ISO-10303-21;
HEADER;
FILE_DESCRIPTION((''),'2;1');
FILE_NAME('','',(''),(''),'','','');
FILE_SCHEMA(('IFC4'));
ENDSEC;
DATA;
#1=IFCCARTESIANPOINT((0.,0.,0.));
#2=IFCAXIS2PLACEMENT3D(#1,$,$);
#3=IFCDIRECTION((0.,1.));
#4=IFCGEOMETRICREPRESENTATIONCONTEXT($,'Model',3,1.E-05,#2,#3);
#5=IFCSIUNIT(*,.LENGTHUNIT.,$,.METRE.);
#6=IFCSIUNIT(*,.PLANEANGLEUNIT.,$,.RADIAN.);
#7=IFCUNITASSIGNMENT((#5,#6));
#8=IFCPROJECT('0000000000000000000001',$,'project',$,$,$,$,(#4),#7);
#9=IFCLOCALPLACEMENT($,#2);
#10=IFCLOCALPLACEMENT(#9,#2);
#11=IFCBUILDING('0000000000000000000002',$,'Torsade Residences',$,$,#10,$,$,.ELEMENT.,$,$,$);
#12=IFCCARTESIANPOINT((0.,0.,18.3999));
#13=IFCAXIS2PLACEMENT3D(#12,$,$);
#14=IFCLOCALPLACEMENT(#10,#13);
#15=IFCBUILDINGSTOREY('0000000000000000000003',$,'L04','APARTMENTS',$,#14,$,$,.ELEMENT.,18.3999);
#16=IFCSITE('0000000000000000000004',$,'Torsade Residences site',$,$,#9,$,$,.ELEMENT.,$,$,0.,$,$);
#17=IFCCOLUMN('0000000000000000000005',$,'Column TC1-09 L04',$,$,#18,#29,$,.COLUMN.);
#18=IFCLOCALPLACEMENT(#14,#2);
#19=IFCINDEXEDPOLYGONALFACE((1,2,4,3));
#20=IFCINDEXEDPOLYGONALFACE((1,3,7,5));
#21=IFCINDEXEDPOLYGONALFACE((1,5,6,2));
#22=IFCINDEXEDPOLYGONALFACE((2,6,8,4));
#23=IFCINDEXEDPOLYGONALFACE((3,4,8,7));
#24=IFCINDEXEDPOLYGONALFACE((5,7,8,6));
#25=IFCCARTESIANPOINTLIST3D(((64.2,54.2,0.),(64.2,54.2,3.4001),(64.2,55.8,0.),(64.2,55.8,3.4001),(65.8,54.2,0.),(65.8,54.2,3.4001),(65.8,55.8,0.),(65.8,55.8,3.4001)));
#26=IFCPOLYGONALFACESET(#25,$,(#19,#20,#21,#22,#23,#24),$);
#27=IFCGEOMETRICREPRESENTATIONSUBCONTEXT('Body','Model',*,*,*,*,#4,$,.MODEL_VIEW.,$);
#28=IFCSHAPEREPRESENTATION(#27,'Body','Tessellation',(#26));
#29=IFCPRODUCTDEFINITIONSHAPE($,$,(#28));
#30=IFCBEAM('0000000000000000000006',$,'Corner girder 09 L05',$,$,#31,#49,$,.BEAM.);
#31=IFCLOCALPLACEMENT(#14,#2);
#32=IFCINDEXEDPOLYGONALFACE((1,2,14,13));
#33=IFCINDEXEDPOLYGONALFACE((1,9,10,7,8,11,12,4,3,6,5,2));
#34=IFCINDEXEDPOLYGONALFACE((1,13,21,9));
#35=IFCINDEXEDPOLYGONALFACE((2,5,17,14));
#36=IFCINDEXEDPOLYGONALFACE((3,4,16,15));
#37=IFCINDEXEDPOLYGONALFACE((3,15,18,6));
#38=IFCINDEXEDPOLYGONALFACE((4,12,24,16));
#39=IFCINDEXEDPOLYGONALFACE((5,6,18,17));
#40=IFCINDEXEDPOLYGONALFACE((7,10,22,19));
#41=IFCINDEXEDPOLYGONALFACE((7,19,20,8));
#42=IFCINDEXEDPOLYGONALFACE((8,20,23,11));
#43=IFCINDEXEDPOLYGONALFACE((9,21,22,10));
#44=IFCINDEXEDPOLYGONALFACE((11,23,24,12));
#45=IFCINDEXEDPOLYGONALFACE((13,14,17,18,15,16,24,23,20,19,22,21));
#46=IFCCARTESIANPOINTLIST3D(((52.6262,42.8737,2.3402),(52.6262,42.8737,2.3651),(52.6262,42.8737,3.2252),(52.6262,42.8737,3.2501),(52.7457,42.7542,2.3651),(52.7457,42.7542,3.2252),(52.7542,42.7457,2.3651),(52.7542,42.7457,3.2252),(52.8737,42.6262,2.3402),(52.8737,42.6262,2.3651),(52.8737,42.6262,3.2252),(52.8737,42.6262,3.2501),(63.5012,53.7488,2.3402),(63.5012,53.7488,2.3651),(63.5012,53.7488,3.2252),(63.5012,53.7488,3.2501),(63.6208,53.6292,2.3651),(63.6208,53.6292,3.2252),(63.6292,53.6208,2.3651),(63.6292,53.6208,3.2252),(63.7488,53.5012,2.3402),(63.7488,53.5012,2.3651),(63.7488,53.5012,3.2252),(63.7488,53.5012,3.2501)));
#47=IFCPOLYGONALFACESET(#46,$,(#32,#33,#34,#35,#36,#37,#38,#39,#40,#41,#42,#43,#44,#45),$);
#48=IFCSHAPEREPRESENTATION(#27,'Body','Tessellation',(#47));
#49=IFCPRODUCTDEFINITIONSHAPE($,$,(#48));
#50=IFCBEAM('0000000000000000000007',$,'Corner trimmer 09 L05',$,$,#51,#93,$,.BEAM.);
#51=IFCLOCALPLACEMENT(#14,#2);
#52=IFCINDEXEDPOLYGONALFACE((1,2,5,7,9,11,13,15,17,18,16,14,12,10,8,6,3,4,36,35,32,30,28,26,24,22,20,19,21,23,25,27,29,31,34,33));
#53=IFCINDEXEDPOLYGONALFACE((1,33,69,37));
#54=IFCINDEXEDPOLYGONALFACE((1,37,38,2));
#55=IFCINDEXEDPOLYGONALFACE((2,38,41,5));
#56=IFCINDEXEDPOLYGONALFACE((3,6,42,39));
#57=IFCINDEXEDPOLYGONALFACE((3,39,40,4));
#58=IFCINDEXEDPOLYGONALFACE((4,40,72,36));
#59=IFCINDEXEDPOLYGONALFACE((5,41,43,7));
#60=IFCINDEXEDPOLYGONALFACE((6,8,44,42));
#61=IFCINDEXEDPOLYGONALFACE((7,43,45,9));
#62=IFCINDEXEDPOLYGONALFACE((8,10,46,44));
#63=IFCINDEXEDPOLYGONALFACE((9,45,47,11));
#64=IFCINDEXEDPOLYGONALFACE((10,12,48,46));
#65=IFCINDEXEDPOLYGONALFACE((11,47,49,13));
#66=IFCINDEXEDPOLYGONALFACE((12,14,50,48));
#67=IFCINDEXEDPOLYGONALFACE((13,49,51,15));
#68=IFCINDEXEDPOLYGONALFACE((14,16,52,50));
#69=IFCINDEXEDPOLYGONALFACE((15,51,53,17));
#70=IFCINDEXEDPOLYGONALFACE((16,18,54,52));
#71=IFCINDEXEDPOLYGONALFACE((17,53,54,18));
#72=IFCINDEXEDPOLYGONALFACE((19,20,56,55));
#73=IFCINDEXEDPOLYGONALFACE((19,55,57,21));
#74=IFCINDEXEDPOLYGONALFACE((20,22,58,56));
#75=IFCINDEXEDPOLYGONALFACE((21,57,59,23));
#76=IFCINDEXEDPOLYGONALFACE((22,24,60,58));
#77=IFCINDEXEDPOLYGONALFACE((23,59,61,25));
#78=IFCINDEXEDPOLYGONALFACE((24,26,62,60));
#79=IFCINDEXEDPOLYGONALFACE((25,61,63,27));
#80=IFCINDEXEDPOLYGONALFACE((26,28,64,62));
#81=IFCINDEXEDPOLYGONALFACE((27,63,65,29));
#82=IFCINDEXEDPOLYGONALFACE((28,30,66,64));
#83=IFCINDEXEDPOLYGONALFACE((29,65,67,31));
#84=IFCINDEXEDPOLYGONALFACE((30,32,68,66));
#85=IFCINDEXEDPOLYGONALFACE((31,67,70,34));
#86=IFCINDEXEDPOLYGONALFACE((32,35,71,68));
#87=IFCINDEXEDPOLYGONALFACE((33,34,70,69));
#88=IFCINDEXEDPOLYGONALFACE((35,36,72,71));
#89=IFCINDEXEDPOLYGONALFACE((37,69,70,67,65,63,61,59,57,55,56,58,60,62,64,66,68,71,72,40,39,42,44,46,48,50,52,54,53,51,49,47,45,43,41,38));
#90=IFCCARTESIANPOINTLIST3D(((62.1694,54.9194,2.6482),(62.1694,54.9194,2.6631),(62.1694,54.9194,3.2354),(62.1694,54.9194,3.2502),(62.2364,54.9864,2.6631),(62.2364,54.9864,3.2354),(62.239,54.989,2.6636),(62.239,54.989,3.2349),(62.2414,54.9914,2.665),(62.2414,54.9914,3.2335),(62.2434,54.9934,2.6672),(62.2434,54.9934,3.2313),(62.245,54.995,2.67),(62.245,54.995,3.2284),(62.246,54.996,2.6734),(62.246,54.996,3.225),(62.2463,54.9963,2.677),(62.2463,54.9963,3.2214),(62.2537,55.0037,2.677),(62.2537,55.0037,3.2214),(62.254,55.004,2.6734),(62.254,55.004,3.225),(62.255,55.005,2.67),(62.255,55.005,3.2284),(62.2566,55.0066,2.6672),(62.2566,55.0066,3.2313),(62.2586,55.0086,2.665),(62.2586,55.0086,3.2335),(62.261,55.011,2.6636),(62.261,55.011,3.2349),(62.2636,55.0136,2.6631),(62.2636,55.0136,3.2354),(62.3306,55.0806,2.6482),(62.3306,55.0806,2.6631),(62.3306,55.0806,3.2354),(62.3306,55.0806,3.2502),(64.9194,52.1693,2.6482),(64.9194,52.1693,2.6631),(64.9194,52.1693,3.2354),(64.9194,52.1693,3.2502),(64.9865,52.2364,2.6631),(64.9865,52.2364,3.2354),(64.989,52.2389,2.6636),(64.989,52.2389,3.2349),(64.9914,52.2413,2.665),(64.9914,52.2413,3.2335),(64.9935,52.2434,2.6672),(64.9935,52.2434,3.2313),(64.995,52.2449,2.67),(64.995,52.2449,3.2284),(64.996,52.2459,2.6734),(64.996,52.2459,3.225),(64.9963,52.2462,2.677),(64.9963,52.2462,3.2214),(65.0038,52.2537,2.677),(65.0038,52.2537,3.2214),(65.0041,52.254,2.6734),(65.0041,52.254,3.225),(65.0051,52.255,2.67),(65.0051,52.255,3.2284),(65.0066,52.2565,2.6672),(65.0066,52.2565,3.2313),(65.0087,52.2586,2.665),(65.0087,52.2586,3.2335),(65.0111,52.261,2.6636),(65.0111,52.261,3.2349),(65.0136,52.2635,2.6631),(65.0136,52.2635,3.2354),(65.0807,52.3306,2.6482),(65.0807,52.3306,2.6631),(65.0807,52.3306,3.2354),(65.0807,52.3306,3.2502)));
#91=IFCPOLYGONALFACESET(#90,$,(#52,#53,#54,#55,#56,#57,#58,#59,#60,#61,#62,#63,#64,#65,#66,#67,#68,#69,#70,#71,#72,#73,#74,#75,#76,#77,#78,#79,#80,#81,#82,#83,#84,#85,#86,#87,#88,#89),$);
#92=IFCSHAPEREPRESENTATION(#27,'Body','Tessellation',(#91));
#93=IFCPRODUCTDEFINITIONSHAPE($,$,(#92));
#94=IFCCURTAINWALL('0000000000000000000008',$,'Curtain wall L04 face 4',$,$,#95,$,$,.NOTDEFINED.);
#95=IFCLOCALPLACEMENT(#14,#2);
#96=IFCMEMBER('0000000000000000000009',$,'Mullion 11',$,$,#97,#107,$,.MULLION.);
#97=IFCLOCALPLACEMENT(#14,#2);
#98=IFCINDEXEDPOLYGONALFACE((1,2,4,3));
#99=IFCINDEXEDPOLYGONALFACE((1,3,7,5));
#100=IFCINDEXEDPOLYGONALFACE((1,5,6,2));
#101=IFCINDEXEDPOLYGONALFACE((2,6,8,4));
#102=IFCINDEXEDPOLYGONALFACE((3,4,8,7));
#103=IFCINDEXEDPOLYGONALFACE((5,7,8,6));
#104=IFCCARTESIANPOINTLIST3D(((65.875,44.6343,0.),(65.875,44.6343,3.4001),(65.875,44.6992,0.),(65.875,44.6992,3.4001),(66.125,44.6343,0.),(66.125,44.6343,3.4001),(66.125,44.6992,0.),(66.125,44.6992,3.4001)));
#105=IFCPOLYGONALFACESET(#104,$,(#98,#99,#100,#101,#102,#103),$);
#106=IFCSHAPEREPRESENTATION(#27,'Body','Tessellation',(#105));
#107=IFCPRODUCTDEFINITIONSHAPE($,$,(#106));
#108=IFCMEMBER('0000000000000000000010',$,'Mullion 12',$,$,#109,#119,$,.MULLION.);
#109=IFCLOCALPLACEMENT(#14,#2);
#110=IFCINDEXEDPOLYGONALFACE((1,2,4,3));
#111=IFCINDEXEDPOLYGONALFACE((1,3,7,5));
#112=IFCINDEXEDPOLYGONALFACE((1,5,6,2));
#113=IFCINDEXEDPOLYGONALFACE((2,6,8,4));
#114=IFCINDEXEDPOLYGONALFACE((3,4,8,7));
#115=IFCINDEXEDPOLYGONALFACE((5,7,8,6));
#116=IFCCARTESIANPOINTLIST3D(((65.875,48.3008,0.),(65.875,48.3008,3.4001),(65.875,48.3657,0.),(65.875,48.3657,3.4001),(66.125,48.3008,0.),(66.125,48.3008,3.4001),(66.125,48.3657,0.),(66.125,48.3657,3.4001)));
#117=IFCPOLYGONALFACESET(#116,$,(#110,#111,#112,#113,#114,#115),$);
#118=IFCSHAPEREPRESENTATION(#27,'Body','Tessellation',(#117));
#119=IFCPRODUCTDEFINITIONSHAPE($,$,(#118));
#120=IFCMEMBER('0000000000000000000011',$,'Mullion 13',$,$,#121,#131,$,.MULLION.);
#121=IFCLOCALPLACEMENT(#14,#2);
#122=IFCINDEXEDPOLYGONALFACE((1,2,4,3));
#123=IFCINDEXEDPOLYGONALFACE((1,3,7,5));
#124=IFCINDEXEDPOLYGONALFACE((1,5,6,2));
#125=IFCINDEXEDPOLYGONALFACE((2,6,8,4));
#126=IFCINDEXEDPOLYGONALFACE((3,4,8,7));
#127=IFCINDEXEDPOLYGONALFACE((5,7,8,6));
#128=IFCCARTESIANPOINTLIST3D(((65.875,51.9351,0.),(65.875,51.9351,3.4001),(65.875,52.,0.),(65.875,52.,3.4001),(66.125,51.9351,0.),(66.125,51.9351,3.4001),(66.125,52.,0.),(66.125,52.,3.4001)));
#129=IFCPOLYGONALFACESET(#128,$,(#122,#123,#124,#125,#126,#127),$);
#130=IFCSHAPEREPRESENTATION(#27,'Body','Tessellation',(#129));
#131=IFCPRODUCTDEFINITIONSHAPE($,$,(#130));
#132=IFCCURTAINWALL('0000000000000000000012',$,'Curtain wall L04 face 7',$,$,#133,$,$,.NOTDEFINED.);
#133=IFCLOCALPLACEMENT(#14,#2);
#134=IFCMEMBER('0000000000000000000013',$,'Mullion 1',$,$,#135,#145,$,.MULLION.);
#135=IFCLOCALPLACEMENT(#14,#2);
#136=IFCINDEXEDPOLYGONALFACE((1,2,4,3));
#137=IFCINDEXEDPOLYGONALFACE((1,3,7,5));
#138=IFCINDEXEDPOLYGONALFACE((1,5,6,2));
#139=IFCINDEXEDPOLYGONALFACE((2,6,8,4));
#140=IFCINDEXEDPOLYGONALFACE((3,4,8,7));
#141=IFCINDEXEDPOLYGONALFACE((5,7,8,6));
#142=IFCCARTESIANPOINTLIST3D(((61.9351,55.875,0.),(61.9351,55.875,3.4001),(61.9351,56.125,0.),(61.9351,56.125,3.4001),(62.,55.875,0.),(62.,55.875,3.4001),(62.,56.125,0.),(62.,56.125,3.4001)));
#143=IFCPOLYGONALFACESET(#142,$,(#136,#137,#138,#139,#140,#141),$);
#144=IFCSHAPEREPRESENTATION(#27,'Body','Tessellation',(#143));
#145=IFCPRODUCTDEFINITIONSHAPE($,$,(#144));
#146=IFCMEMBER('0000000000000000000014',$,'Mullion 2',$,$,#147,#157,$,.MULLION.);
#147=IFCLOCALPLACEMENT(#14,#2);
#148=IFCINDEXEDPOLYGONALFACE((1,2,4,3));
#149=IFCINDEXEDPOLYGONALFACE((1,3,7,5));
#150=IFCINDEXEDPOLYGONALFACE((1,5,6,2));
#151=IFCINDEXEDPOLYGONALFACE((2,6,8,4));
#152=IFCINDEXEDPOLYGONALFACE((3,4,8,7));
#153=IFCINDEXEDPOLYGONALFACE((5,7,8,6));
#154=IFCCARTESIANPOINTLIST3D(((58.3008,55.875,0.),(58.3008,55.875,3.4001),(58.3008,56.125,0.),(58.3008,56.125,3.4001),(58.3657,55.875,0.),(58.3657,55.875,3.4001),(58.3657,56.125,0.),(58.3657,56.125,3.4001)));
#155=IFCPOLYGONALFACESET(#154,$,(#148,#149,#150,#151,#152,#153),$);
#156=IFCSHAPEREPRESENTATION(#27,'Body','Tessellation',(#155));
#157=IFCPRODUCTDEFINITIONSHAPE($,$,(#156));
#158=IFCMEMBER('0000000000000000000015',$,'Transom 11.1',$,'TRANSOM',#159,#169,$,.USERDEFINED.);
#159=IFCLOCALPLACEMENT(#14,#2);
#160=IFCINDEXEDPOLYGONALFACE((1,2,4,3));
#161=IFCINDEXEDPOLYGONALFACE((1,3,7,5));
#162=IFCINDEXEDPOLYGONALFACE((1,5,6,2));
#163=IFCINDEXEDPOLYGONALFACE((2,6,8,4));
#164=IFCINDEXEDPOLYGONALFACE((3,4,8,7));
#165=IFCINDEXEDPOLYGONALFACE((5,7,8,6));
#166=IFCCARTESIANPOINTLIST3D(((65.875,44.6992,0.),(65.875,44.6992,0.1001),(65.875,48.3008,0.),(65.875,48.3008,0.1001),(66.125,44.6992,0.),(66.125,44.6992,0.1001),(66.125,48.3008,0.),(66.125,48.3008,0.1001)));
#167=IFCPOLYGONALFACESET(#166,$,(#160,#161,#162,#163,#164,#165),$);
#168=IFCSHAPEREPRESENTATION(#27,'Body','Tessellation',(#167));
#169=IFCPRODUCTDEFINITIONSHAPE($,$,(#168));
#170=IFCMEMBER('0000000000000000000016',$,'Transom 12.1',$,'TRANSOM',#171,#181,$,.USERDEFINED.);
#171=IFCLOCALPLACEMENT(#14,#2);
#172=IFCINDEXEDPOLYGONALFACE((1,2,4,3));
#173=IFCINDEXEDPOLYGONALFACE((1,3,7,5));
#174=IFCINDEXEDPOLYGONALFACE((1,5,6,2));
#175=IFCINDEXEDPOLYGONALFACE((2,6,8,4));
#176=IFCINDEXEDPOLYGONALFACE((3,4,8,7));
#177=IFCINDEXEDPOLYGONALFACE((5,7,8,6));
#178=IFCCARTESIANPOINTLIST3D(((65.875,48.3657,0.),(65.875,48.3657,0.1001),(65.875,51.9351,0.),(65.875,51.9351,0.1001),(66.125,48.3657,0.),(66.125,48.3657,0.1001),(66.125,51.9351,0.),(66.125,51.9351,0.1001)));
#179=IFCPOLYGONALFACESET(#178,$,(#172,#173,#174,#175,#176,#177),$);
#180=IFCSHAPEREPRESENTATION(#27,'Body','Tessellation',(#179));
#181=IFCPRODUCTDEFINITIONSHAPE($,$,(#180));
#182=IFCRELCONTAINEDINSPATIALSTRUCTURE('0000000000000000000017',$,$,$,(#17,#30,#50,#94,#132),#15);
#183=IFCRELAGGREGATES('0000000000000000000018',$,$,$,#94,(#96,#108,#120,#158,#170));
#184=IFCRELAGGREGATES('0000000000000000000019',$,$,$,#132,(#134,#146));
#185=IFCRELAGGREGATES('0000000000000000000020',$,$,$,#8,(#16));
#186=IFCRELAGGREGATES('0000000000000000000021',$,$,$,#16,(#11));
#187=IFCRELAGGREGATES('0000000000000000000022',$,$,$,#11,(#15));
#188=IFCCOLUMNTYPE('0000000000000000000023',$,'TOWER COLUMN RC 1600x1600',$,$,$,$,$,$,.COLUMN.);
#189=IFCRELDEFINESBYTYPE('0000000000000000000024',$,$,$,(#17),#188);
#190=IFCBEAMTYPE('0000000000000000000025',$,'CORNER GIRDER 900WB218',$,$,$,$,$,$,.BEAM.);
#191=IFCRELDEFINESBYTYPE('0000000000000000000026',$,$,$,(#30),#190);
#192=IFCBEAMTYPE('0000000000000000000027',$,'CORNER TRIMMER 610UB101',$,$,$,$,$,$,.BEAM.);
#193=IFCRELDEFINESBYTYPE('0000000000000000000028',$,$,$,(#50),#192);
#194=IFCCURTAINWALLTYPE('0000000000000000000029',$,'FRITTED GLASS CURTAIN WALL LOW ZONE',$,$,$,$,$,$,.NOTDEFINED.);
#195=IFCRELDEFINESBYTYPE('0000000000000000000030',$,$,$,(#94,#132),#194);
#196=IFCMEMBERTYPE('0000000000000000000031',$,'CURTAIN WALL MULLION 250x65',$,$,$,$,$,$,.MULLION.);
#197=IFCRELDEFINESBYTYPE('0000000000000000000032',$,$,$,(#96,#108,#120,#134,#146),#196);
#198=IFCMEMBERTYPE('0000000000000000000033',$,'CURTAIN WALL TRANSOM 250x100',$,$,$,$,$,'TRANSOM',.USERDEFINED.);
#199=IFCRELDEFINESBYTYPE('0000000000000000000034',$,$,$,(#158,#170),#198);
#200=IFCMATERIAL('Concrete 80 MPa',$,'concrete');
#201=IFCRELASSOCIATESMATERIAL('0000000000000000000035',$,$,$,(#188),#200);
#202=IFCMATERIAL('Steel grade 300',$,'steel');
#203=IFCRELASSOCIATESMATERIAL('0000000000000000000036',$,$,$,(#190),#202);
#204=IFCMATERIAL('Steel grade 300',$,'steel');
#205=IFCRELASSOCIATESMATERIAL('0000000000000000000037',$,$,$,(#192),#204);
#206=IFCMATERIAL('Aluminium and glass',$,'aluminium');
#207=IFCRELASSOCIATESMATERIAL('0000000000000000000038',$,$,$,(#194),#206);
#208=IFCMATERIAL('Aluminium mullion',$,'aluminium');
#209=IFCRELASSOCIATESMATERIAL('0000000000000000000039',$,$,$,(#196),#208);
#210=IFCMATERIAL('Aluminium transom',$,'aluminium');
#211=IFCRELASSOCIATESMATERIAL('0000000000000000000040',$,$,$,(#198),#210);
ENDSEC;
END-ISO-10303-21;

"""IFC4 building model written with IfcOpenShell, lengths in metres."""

from ifc_helpers import new_model, si_unit, direction, frame, origin, origin_2d, place, context, subcontext, project, spatial, rectangle, i_section, extrude, material, material_profile, profile_set, type_object, element, aggregate, save


model = new_model("IFC4")

# Units and contexts
model_context = context("Model", 3, precision=1e-05, world=origin(), true_north=direction((0.0, 1.0)))
body_context = subcontext(model_context, "Body", "Model", "MODEL_VIEW")
ifc_project = project(units=[si_unit("LENGTHUNIT", "METRE"), si_unit("PLANEANGLEUNIT", "RADIAN")], contexts=[model_context])

# Site, building, storey
site_placement = place(None, origin())
site = spatial("IfcSite", under=ifc_project, at=site_placement, Name="Torsade Residences site", CompositionType="ELEMENT", RefElevation=0.0)
building_placement = place(site_placement, origin())
building = spatial("IfcBuilding", under=site, at=building_placement, Name="Torsade Residences", CompositionType="ELEMENT")
storey_placement = place(building_placement, frame((0.0, 0.0, 18.3999)))
storey = spatial("IfcBuildingStorey", under=building, at=storey_placement, Name="L04", Description="APARTMENTS", CompositionType="ELEMENT", Elevation=18.3999)

# Column
ifc_material_1 = material(Name="Concrete 80 MPa", Category="concrete")
ifc_material_profile_1 = material_profile(ifc_material_1, rectangle(XDim=1.6001, YDim=1.6001, at=origin_2d()), Name="RC 1600x1600")
ifc_profile_set_1 = profile_set([ifc_material_profile_1], Name="Concrete 80 MPa")
column_type = type_object("IfcColumnType", Name="TOWER COLUMN RC 1600x1600", PredefinedType="COLUMN", material=ifc_profile_set_1)
column_placement = place(storey_placement, frame((65.0, 55.0, 0.0), z_axis=(0.0, 0.0, 1.0), x_axis=(1.0, 0.0, 0.0)))
element("IfcColumn", 1, at=column_placement, inside=storey, type_object=column_type, Name="Column TC1-09 L04", PredefinedType="COLUMN", context=body_context, shape_type="SweptSolid", body=[
    extrude(rectangle(XDim=1.6001, YDim=1.6001, at=origin_2d()), origin(), (0.0, 0.0, 1.0), 3.4001),
])

# Beams
ifc_material_2 = material(Name="Steel grade 300", Category="steel")
ifc_material_profile_2 = material_profile(ifc_material_2, i_section(OverallWidth=0.3501, OverallDepth=0.9099, WebThickness=0.012, FlangeThickness=0.0249, at=origin_2d()), Name="900WB218")
ifc_profile_set_2 = profile_set([ifc_material_profile_2], Name="Steel grade 300")
beam_type_1 = type_object("IfcBeamType", Name="CORNER GIRDER 900WB218", PredefinedType="BEAM", material=ifc_profile_set_2)
beam_1_placement = place(storey_placement, frame((63.625, 53.625, 2.7952), z_axis=(-0.707107, -0.707107, 0.0), x_axis=(0.707107, -0.707107, 0.0)))
element("IfcBeam", 2, at=beam_1_placement, inside=storey, type_object=beam_type_1, Name="Corner girder 09 L05", PredefinedType="BEAM", context=body_context, shape_type="SweptSolid", body=[
    extrude(i_section(OverallWidth=0.3501, OverallDepth=0.9099, WebThickness=0.012, FlangeThickness=0.0249, at=origin_2d()), origin(), (0.0, 0.0, 1.0), 15.3796),
])
ifc_material_3 = material(Name="Steel grade 300", Category="steel")
ifc_material_profile_3 = material_profile(ifc_material_3, i_section(OverallWidth=0.228, OverallDepth=0.6021, WebThickness=0.0105, FlangeThickness=0.0149, FilletRadius=0.0139, at=origin_2d()), Name="610UB101")
ifc_profile_set_3 = profile_set([ifc_material_profile_3], Name="Steel grade 300")
beam_type_2 = type_object("IfcBeamType", Name="CORNER TRIMMER 610UB101", PredefinedType="BEAM", material=ifc_profile_set_3)
beam_2_placement = place(storey_placement, frame((62.25, 55.0, 2.9492), z_axis=(0.707107, -0.707107, 0.0), x_axis=(0.707107, 0.707107, 0.0)))
element("IfcBeam", 3, at=beam_2_placement, inside=storey, type_object=beam_type_2, Name="Corner trimmer 09 L05", PredefinedType="BEAM", context=body_context, shape_type="SweptSolid", body=[
    extrude(i_section(OverallWidth=0.228, OverallDepth=0.6021, WebThickness=0.0105, FlangeThickness=0.0149, FilletRadius=0.0139, at=origin_2d()), origin(), (0.0, 0.0, 1.0), 3.8892),
])

# Curtain walls, members
ifc_material_4 = material(Name="Aluminium and glass", Category="aluminium")
curtain_wall_type = type_object("IfcCurtainWallType", Name="FRITTED GLASS CURTAIN WALL LOW ZONE", PredefinedType="NOTDEFINED", material=ifc_material_4)
curtain_wall_1_placement = place(storey_placement, origin())
curtain_wall_1 = element("IfcCurtainWall", 4, at=curtain_wall_1_placement, inside=storey, type_object=curtain_wall_type, Name="Curtain wall L04 face 4", PredefinedType="NOTDEFINED")
ifc_material_5 = material(Name="Aluminium mullion", Category="aluminium")
ifc_material_profile_4 = material_profile(ifc_material_5, rectangle(XDim=0.25, YDim=0.0649, at=origin_2d()), Name="CURTAIN WALL MULLION 250x65")
ifc_profile_set_4 = profile_set([ifc_material_profile_4], Name="Aluminium mullion")
member_type_1 = type_object("IfcMemberType", Name="CURTAIN WALL MULLION 250x65", PredefinedType="MULLION", material=ifc_profile_set_4)
member_1_placement = place(storey_placement, frame((66.0, 44.6667, 0.0), z_axis=(0.0, 0.0, 1.0), x_axis=(-1.0, 0.0, 0.0)))
member_1 = element("IfcMember", 5, at=member_1_placement, type_object=member_type_1, Name="Mullion 11", PredefinedType="MULLION", context=body_context, shape_type="SweptSolid", body=[
    extrude(rectangle(XDim=0.25, YDim=0.0649, at=origin_2d()), origin(), (0.0, 0.0, 1.0), 3.4001),
])
member_2_placement = place(storey_placement, frame((66.0, 48.3333, 0.0), z_axis=(0.0, 0.0, 1.0), x_axis=(-1.0, 0.0, 0.0)))
member_2 = element("IfcMember", 6, at=member_2_placement, type_object=member_type_1, Name="Mullion 12", PredefinedType="MULLION", context=body_context, shape_type="SweptSolid", body=[
    extrude(rectangle(XDim=0.25, YDim=0.0649, at=origin_2d()), origin(), (0.0, 0.0, 1.0), 3.4001),
])
member_3_placement = place(storey_placement, frame((66.0, 51.9675, 0.0), z_axis=(0.0, 0.0, 1.0), x_axis=(-1.0, 0.0, 0.0)))
member_3 = element("IfcMember", 7, at=member_3_placement, type_object=member_type_1, Name="Mullion 13", PredefinedType="MULLION", context=body_context, shape_type="SweptSolid", body=[
    extrude(rectangle(XDim=0.25, YDim=0.0649, at=origin_2d()), origin(), (0.0, 0.0, 1.0), 3.4001),
])
curtain_wall_2_placement = place(storey_placement, origin())
curtain_wall_2 = element("IfcCurtainWall", 8, at=curtain_wall_2_placement, inside=storey, type_object=curtain_wall_type, Name="Curtain wall L04 face 7", PredefinedType="NOTDEFINED")
member_4_placement = place(storey_placement, frame((61.9675, 56.0, 0.0), z_axis=(0.0, 0.0, 1.0), x_axis=(0.0, -1.0, 0.0)))
member_4 = element("IfcMember", 9, at=member_4_placement, type_object=member_type_1, Name="Mullion 1", PredefinedType="MULLION", context=body_context, shape_type="SweptSolid", body=[
    extrude(rectangle(XDim=0.25, YDim=0.0649, at=origin_2d()), origin(), (0.0, 0.0, 1.0), 3.4001),
])
member_5_placement = place(storey_placement, frame((58.3333, 56.0, 0.0), z_axis=(0.0, 0.0, 1.0), x_axis=(0.0, -1.0, 0.0)))
member_5 = element("IfcMember", 10, at=member_5_placement, type_object=member_type_1, Name="Mullion 2", PredefinedType="MULLION", context=body_context, shape_type="SweptSolid", body=[
    extrude(rectangle(XDim=0.25, YDim=0.0649, at=origin_2d()), origin(), (0.0, 0.0, 1.0), 3.4001),
])

# Members
ifc_material_6 = material(Name="Aluminium transom", Category="aluminium")
ifc_material_profile_5 = material_profile(ifc_material_6, rectangle(XDim=0.25, YDim=0.1001, at=origin_2d()), Name="CURTAIN WALL TRANSOM 250x100")
ifc_profile_set_5 = profile_set([ifc_material_profile_5], Name="Aluminium transom")
member_type_2 = type_object("IfcMemberType", Name="CURTAIN WALL TRANSOM 250x100", ElementType="TRANSOM", PredefinedType="USERDEFINED", material=ifc_profile_set_5)
member_6_placement = place(storey_placement, frame((66.0, 44.6992, 0.05), z_axis=(0.0, 1.0, 0.0), x_axis=(-1.0, 0.0, 0.0)))
member_6 = element("IfcMember", 11, at=member_6_placement, type_object=member_type_2, Name="Transom 11.1", ObjectType="TRANSOM", PredefinedType="USERDEFINED", context=body_context, shape_type="SweptSolid", body=[
    extrude(rectangle(XDim=0.25, YDim=0.1001, at=origin_2d()), origin(), (0.0, 0.0, 1.0), 3.6016),
])
member_7_placement = place(storey_placement, frame((66.0, 48.3657, 0.05), z_axis=(0.0, 1.0, 0.0), x_axis=(-1.0, 0.0, 0.0)))
member_7 = element("IfcMember", 12, at=member_7_placement, type_object=member_type_2, Name="Transom 12.1", ObjectType="TRANSOM", PredefinedType="USERDEFINED", context=body_context, shape_type="SweptSolid", body=[
    extrude(rectangle(XDim=0.25, YDim=0.1001, at=origin_2d()), origin(), (0.0, 0.0, 1.0), 3.5693),
])

aggregate(curtain_wall_1, [member_1, member_2, member_3, member_6, member_7])
aggregate(curtain_wall_2, [member_4, member_5])

save(model, "model.ifc")
